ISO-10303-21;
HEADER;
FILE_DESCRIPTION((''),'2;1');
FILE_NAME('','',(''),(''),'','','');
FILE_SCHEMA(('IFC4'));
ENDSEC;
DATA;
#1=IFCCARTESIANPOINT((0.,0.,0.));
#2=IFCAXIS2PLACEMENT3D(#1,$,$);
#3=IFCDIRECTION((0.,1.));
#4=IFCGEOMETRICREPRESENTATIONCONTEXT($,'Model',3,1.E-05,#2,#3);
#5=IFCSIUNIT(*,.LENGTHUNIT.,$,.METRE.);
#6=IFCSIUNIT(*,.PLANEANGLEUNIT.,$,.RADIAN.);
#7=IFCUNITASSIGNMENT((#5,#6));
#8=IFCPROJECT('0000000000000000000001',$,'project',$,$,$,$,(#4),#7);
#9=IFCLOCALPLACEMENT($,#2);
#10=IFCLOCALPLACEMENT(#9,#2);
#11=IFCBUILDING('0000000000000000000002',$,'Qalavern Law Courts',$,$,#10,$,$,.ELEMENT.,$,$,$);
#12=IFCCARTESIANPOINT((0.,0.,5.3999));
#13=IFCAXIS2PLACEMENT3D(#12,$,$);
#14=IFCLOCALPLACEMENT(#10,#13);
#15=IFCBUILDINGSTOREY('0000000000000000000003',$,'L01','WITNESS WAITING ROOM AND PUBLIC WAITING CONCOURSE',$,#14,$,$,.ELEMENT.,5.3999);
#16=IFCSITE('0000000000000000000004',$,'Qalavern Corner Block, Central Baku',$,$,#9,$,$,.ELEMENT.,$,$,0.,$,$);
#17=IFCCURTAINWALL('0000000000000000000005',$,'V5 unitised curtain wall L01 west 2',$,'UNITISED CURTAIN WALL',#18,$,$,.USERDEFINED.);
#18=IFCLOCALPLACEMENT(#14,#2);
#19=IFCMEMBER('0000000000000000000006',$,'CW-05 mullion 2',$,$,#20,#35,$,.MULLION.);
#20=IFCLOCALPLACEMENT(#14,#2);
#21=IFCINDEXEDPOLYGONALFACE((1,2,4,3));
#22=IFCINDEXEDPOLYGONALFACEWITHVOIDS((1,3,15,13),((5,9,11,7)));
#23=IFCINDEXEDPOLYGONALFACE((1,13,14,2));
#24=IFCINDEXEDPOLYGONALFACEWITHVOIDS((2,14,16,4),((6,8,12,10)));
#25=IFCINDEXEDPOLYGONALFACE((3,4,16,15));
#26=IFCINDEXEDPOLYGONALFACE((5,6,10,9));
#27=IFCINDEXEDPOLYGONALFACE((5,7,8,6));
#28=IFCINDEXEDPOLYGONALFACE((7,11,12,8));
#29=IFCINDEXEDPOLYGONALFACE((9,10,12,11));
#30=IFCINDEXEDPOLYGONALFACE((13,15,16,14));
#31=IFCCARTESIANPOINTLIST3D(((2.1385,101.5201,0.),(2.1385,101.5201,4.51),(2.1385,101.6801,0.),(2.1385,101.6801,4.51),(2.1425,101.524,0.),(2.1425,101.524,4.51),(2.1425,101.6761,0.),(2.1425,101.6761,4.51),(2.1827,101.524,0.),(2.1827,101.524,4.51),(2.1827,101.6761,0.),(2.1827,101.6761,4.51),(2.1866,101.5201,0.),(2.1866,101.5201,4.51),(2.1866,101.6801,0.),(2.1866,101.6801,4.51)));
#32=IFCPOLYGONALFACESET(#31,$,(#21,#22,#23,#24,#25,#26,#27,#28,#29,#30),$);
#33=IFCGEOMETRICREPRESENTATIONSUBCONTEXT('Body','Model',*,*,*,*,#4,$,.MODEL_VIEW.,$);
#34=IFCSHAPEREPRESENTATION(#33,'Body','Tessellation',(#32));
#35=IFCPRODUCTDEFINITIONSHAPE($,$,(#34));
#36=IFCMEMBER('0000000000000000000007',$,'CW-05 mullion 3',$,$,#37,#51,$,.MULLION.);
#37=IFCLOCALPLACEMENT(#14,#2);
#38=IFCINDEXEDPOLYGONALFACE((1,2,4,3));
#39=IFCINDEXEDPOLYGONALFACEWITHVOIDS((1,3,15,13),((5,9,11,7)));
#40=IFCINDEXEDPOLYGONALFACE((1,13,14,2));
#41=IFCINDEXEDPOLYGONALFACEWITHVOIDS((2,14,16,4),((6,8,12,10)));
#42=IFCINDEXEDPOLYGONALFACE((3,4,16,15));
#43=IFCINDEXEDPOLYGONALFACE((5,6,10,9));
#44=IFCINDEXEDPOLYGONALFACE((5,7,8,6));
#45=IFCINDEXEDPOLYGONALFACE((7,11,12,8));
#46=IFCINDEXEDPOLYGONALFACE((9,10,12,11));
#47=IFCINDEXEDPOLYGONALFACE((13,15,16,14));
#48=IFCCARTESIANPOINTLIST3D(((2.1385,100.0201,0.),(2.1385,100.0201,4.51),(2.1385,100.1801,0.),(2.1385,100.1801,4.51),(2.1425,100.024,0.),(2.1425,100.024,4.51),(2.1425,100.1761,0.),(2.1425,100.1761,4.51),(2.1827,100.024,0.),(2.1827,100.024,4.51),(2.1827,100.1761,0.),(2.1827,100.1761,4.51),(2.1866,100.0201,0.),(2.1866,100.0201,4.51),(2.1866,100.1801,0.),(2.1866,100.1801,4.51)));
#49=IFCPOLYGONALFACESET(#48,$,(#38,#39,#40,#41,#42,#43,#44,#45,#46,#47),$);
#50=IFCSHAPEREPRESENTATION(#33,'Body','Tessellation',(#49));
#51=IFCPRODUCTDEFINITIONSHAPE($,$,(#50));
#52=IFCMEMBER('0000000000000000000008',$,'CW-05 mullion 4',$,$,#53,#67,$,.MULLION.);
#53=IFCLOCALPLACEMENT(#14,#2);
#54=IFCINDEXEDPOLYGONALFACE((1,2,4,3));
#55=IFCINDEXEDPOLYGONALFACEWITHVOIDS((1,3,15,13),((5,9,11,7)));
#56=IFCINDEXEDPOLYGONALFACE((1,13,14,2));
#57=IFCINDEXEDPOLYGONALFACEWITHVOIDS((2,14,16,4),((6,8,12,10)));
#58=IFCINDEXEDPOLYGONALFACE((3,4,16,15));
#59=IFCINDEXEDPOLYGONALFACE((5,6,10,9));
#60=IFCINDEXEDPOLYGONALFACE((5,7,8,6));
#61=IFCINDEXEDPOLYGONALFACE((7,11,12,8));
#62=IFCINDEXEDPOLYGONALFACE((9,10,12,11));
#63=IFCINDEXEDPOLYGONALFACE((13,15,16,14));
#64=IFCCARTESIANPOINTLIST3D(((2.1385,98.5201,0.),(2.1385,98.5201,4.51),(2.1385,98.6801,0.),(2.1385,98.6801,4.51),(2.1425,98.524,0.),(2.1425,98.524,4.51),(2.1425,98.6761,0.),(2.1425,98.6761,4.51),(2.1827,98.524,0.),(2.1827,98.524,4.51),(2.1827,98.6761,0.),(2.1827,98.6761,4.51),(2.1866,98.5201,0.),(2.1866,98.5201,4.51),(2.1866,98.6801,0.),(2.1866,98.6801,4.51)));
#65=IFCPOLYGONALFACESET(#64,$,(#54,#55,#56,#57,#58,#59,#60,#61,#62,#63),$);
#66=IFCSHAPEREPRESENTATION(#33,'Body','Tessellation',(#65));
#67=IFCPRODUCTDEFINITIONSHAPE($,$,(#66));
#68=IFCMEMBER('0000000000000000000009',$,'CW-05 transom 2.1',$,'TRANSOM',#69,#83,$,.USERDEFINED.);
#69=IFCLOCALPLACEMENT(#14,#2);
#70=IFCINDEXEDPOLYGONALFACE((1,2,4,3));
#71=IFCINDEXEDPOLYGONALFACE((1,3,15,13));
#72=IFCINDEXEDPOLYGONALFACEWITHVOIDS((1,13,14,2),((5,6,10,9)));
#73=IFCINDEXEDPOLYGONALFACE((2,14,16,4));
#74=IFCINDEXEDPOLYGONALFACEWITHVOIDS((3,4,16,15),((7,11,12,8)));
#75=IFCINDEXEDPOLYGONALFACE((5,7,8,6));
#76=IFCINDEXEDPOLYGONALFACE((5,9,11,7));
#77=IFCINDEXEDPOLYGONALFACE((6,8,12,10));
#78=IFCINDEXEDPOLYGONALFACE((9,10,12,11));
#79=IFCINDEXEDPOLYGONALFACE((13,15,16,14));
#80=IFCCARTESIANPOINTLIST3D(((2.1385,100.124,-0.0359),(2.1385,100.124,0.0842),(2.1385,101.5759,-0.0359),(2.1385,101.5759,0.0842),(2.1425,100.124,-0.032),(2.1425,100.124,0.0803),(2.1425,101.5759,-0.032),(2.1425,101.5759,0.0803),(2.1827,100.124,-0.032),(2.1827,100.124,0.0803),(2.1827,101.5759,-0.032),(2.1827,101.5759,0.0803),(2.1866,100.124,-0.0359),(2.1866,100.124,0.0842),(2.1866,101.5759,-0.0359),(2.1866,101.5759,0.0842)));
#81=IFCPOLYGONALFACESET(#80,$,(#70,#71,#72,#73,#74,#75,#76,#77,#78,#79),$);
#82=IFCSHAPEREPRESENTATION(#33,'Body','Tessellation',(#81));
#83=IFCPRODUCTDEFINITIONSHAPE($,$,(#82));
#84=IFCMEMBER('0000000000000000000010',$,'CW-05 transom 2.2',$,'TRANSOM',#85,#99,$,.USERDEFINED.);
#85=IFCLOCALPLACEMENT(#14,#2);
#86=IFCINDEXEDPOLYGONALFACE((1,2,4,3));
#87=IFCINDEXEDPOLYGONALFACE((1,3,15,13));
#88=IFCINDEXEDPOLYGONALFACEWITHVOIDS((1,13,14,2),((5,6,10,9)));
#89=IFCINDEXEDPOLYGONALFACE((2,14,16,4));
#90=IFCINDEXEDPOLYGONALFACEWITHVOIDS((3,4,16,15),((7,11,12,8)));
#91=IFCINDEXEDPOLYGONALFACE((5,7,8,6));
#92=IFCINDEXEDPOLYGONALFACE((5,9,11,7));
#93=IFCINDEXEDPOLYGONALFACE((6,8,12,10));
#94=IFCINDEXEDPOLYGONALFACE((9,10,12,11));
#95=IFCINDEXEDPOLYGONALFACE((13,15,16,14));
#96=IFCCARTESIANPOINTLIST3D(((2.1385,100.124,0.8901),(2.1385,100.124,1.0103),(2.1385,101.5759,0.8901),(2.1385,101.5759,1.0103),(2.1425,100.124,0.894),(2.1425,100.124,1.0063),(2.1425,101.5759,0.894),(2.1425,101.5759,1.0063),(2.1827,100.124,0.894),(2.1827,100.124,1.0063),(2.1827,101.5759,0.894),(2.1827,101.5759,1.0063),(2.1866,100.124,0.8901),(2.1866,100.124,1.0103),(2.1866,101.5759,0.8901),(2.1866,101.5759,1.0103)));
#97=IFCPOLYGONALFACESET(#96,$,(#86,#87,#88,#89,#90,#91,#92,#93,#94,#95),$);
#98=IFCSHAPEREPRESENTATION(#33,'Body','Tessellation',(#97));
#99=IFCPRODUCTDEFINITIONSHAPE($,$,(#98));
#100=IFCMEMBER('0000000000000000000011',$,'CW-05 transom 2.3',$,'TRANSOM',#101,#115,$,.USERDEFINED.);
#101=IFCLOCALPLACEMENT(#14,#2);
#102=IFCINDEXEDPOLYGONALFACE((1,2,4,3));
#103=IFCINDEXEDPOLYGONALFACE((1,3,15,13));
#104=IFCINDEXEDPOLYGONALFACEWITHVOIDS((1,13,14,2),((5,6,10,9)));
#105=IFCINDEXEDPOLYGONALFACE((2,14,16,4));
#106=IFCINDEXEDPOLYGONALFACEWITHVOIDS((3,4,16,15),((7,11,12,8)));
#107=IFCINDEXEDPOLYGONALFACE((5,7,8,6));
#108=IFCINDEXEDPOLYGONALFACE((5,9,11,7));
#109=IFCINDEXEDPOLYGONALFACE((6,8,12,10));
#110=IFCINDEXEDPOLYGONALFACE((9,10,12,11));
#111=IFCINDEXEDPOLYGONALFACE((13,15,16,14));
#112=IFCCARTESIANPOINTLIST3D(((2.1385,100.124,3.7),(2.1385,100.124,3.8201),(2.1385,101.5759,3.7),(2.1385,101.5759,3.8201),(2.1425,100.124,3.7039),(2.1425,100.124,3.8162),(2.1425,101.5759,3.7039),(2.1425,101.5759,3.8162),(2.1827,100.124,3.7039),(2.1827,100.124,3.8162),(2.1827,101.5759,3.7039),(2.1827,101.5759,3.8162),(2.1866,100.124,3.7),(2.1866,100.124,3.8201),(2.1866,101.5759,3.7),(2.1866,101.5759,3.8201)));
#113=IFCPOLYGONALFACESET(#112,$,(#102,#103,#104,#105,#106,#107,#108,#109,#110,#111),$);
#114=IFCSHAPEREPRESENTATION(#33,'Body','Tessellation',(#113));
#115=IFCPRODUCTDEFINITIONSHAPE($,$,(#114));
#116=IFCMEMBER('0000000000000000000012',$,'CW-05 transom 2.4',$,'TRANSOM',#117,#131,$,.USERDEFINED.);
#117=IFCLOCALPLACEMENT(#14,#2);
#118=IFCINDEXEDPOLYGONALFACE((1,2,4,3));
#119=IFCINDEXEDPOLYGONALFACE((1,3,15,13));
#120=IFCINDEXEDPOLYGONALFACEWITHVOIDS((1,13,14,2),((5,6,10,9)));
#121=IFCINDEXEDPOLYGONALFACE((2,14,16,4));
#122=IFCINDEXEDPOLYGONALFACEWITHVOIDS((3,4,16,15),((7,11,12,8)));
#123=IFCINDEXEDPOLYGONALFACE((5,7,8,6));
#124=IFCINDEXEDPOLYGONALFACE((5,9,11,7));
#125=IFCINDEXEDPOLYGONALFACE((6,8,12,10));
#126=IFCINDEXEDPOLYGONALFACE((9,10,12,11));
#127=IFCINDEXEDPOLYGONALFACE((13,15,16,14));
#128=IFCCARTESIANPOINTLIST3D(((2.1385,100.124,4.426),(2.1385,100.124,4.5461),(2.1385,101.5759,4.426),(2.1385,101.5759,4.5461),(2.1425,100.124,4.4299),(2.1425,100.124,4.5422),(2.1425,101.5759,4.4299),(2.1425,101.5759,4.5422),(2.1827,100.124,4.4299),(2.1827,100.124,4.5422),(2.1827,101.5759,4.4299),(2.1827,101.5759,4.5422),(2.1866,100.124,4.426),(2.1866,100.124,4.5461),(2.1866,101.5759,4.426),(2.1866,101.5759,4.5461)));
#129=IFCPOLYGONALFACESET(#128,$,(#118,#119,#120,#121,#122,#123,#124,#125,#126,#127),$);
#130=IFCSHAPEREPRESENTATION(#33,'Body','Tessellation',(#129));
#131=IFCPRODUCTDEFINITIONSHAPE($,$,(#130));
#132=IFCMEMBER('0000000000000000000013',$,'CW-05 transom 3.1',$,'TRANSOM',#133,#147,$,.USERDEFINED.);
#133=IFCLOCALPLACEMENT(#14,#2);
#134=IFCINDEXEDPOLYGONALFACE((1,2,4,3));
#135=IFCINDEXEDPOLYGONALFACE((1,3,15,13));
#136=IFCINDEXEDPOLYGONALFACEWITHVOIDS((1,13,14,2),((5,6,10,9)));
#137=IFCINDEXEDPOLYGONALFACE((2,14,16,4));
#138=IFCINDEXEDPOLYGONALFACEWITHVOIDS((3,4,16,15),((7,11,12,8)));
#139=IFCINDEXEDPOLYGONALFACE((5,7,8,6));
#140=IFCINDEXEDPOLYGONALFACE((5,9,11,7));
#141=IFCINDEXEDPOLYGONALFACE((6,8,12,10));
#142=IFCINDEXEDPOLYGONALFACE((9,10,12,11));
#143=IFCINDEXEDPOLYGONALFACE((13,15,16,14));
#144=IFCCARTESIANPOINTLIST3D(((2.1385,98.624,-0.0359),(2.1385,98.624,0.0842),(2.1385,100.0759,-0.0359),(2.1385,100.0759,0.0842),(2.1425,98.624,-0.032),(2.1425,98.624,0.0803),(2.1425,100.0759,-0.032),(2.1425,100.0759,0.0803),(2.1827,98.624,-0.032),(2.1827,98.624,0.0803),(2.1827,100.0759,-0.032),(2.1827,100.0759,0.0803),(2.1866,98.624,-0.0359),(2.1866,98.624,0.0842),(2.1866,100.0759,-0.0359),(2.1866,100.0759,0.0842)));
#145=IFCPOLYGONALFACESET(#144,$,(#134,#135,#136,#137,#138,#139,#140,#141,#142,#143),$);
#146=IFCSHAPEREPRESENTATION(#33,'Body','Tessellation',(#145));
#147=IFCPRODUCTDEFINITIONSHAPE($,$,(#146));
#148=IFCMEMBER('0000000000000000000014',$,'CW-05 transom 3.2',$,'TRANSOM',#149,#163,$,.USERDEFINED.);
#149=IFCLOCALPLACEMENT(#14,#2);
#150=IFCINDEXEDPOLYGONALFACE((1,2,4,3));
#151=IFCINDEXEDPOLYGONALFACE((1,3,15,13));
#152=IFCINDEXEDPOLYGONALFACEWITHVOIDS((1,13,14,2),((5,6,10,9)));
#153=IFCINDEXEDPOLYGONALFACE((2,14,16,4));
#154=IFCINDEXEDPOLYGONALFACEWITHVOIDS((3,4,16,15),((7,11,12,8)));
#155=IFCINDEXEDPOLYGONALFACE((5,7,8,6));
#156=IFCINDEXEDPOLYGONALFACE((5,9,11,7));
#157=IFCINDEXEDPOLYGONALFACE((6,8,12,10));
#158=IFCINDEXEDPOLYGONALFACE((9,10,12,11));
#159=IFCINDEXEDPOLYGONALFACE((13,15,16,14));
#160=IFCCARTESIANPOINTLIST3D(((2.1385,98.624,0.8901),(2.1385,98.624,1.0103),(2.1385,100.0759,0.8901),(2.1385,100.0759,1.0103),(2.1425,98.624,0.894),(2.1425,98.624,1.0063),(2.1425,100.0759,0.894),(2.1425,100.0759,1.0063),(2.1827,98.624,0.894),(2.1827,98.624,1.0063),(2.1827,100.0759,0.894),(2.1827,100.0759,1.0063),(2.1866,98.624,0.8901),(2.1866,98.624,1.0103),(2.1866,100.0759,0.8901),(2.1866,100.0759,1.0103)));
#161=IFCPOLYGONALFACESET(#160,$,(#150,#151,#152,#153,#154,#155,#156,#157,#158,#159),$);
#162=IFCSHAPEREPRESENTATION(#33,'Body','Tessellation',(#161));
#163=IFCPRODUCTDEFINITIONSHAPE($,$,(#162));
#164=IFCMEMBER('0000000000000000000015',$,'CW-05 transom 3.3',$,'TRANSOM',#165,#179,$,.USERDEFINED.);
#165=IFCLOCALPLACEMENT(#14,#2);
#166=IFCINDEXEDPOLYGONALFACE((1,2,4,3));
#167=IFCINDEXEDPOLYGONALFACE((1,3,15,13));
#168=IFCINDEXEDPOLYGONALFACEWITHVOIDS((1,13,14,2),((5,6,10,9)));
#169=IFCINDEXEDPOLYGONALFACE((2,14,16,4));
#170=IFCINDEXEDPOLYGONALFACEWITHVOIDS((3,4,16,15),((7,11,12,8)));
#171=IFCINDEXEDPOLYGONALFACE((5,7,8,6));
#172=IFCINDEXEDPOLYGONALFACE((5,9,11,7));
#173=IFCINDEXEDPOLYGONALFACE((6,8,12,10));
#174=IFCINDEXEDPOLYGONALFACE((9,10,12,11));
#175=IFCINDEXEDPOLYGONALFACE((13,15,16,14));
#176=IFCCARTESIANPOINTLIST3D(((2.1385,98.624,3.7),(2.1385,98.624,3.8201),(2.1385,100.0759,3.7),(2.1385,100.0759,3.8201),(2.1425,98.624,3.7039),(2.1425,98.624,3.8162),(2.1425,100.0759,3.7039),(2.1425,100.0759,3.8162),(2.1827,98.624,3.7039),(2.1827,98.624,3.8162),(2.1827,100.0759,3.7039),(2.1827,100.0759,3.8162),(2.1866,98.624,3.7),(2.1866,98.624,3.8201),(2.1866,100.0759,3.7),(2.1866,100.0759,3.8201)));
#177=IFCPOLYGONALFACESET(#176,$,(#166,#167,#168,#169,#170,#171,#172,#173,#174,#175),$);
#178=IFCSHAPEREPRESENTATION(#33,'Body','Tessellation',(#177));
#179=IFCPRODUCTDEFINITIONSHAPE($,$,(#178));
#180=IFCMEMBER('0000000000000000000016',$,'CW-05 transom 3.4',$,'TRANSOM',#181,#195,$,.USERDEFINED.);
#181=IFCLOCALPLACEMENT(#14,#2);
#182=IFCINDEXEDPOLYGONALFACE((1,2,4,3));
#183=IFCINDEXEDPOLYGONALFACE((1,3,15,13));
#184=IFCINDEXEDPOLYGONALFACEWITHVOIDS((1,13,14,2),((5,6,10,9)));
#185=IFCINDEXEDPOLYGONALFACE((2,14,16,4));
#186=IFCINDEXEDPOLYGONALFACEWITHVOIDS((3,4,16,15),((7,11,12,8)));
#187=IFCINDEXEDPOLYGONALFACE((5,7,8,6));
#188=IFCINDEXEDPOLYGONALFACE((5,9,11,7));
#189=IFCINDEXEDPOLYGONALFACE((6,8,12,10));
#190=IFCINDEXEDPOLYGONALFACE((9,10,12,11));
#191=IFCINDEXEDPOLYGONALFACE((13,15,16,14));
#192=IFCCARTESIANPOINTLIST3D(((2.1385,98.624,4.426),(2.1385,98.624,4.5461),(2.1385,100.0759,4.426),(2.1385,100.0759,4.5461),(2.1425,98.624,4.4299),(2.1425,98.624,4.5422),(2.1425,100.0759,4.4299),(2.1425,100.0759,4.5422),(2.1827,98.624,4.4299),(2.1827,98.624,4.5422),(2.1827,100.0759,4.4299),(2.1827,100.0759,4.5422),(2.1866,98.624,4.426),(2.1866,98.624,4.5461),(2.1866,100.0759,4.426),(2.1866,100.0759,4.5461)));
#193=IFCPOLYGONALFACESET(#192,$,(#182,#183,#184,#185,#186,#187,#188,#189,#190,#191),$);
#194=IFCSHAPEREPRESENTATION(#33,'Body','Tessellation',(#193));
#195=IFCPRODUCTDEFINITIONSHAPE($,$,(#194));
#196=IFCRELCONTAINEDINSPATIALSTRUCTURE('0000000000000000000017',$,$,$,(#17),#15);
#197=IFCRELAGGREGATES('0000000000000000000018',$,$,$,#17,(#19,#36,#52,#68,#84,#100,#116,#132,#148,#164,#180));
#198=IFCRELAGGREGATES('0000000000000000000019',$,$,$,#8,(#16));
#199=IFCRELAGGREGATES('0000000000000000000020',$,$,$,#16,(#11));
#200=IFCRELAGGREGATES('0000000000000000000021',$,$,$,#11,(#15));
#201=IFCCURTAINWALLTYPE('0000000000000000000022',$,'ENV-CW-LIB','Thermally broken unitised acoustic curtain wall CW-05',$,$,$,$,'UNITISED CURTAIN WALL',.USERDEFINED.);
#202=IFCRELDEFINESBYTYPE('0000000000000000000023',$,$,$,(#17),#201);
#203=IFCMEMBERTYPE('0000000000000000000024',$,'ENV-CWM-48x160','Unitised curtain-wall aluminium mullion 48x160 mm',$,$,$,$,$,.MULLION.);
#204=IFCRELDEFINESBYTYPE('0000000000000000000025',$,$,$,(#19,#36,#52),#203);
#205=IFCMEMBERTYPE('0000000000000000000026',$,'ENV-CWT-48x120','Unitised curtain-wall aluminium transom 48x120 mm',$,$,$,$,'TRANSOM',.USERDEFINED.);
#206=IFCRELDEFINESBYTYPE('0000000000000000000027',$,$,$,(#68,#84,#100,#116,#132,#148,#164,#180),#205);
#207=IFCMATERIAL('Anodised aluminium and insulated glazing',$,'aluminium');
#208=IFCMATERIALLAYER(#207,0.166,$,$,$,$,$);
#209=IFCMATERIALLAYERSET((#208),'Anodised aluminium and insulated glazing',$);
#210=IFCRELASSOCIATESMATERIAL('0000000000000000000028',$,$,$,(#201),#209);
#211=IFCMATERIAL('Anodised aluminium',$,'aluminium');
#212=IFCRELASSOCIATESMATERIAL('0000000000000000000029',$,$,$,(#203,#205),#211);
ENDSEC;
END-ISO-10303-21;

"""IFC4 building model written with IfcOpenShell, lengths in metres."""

from ifc_helpers import new_model, si_unit, direction, frame, origin, origin_2d, place, context, subcontext, project, spatial, hollow_rectangle, extrude, material, layer, layer_set, material_profile, profile_set, type_object, element, aggregate, save


model = new_model("IFC4")

# Units and contexts
model_context = context("Model", 3, precision=1e-05, world=origin(), true_north=direction((0.0, 1.0)))
body_context = subcontext(model_context, "Body", "Model", "MODEL_VIEW")
ifc_project = project(units=[si_unit("LENGTHUNIT", "METRE"), si_unit("PLANEANGLEUNIT", "RADIAN")], contexts=[model_context])

# Site, building, storey
site_placement = place(None, origin())
site = spatial("IfcSite", under=ifc_project, at=site_placement, Name="Qalavern Corner Block, Central Baku", CompositionType="ELEMENT", RefElevation=0.0)
building_placement = place(site_placement, origin())
building = spatial("IfcBuilding", under=site, at=building_placement, Name="Qalavern Law Courts", CompositionType="ELEMENT")
storey_placement = place(building_placement, frame((0.0, 0.0, 5.3999)))
storey = spatial("IfcBuildingStorey", under=building, at=storey_placement, Name="L01", Description="WITNESS WAITING ROOM AND PUBLIC WAITING CONCOURSE", CompositionType="ELEMENT", Elevation=5.3999)

# Curtain wall, members
ifc_material_1 = material(Name="Anodised aluminium and insulated glazing", Category="aluminium")
ifc_layer_1 = layer(ifc_material_1, 0.166)
ifc_layer_set_1 = layer_set([ifc_layer_1], Name="Anodised aluminium and insulated glazing")
curtain_wall_type = type_object("IfcCurtainWallType", Name="ENV-CW-LIB", Description="Thermally broken unitised acoustic curtain wall CW-05", ElementType="UNITISED CURTAIN WALL", PredefinedType="USERDEFINED", material=ifc_layer_set_1)
curtain_wall_placement = place(storey_placement, origin())
curtain_wall = element("IfcCurtainWall", 1, at=curtain_wall_placement, inside=storey, type_object=curtain_wall_type, Name="V5 unitised curtain wall L01 west 2", ObjectType="UNITISED CURTAIN WALL", PredefinedType="USERDEFINED")
ifc_material_2 = material(Name="Anodised aluminium", Category="aluminium")
ifc_material_profile_1 = material_profile(ifc_material_2, hollow_rectangle(XDim=0.0481, YDim=0.1599, WallThickness=0.0039, at=origin_2d()), Name="ALU MULLION 48x160")
ifc_profile_set_1 = profile_set([ifc_material_profile_1], Name="Anodised aluminium")
member_type_1 = type_object("IfcMemberType", Name="ENV-CWM-48x160", Description="Unitised curtain-wall aluminium mullion 48x160 mm", PredefinedType="MULLION", material=ifc_profile_set_1)
member_1_placement = place(storey_placement, frame((2.1626, 101.6001, 0.0), z_axis=(0.0, 0.0, 1.0), x_axis=(1.0, 0.0, 0.0)))
member_1 = element("IfcMember", 2, at=member_1_placement, type_object=member_type_1, Name="CW-05 mullion 2", PredefinedType="MULLION", context=body_context, shape_type="SweptSolid", body=[
    extrude(hollow_rectangle(XDim=0.0481, YDim=0.1599, WallThickness=0.0039, at=origin_2d()), origin(), (0.0, 0.0, 1.0), 4.51),
])
member_2_placement = place(storey_placement, frame((2.1626, 100.1001, 0.0), z_axis=(0.0, 0.0, 1.0), x_axis=(1.0, 0.0, 0.0)))
member_2 = element("IfcMember", 3, at=member_2_placement, type_object=member_type_1, Name="CW-05 mullion 3", PredefinedType="MULLION", context=body_context, shape_type="SweptSolid", body=[
    extrude(hollow_rectangle(XDim=0.0481, YDim=0.1599, WallThickness=0.0039, at=origin_2d()), origin(), (0.0, 0.0, 1.0), 4.51),
])
member_3_placement = place(storey_placement, frame((2.1626, 98.6001, 0.0), z_axis=(0.0, 0.0, 1.0), x_axis=(1.0, 0.0, 0.0)))
member_3 = element("IfcMember", 4, at=member_3_placement, type_object=member_type_1, Name="CW-05 mullion 4", PredefinedType="MULLION", context=body_context, shape_type="SweptSolid", body=[
    extrude(hollow_rectangle(XDim=0.0481, YDim=0.1599, WallThickness=0.0039, at=origin_2d()), origin(), (0.0, 0.0, 1.0), 4.51),
])
ifc_material_profile_2 = material_profile(ifc_material_2, hollow_rectangle(XDim=0.0481, YDim=0.1201, WallThickness=0.0039, at=origin_2d()), Name="ALU TRANSOM 48x120")
ifc_profile_set_2 = profile_set([ifc_material_profile_2], Name="Anodised aluminium")
member_type_2 = type_object("IfcMemberType", Name="ENV-CWT-48x120", Description="Unitised curtain-wall aluminium transom 48x120 mm", ElementType="TRANSOM", PredefinedType="USERDEFINED", material=ifc_profile_set_2)
member_4_placement = place(storey_placement, frame((2.1626, 101.5759, 0.0242), z_axis=(0.0, -1.0, 0.0), x_axis=(1.0, 0.0, 0.0)))
member_4 = element("IfcMember", 5, at=member_4_placement, type_object=member_type_2, Name="CW-05 transom 2.1", ObjectType="TRANSOM", PredefinedType="USERDEFINED", context=body_context, shape_type="SweptSolid", body=[
    extrude(hollow_rectangle(XDim=0.0481, YDim=0.1201, WallThickness=0.0039, at=origin_2d()), origin(), (0.0, 0.0, 1.0), 1.4519),
])
member_5_placement = place(storey_placement, frame((2.1626, 101.5759, 0.9502), z_axis=(0.0, -1.0, 0.0), x_axis=(1.0, 0.0, 0.0)))
member_5 = element("IfcMember", 6, at=member_5_placement, type_object=member_type_2, Name="CW-05 transom 2.2", ObjectType="TRANSOM", PredefinedType="USERDEFINED", context=body_context, shape_type="SweptSolid", body=[
    extrude(hollow_rectangle(XDim=0.0481, YDim=0.1201, WallThickness=0.0039, at=origin_2d()), origin(), (0.0, 0.0, 1.0), 1.4519),
])
member_6_placement = place(storey_placement, frame((2.1626, 101.5759, 3.76), z_axis=(0.0, -1.0, 0.0), x_axis=(1.0, 0.0, 0.0)))
member_6 = element("IfcMember", 7, at=member_6_placement, type_object=member_type_2, Name="CW-05 transom 2.3", ObjectType="TRANSOM", PredefinedType="USERDEFINED", context=body_context, shape_type="SweptSolid", body=[
    extrude(hollow_rectangle(XDim=0.0481, YDim=0.1201, WallThickness=0.0039, at=origin_2d()), origin(), (0.0, 0.0, 1.0), 1.4519),
])
member_7_placement = place(storey_placement, frame((2.1626, 101.5759, 4.4861), z_axis=(0.0, -1.0, 0.0), x_axis=(1.0, 0.0, 0.0)))
member_7 = element("IfcMember", 8, at=member_7_placement, type_object=member_type_2, Name="CW-05 transom 2.4", ObjectType="TRANSOM", PredefinedType="USERDEFINED", context=body_context, shape_type="SweptSolid", body=[
    extrude(hollow_rectangle(XDim=0.0481, YDim=0.1201, WallThickness=0.0039, at=origin_2d()), origin(), (0.0, 0.0, 1.0), 1.4519),
])
member_8_placement = place(storey_placement, frame((2.1626, 100.0759, 0.0242), z_axis=(0.0, -1.0, 0.0), x_axis=(1.0, 0.0, 0.0)))
member_8 = element("IfcMember", 9, at=member_8_placement, type_object=member_type_2, Name="CW-05 transom 3.1", ObjectType="TRANSOM", PredefinedType="USERDEFINED", context=body_context, shape_type="SweptSolid", body=[
    extrude(hollow_rectangle(XDim=0.0481, YDim=0.1201, WallThickness=0.0039, at=origin_2d()), origin(), (0.0, 0.0, 1.0), 1.4519),
])
member_9_placement = place(storey_placement, frame((2.1626, 100.0759, 0.9502), z_axis=(0.0, -1.0, 0.0), x_axis=(1.0, 0.0, 0.0)))
member_9 = element("IfcMember", 10, at=member_9_placement, type_object=member_type_2, Name="CW-05 transom 3.2", ObjectType="TRANSOM", PredefinedType="USERDEFINED", context=body_context, shape_type="SweptSolid", body=[
    extrude(hollow_rectangle(XDim=0.0481, YDim=0.1201, WallThickness=0.0039, at=origin_2d()), origin(), (0.0, 0.0, 1.0), 1.4519),
])
member_10_placement = place(storey_placement, frame((2.1626, 100.0759, 3.76), z_axis=(0.0, -1.0, 0.0), x_axis=(1.0, 0.0, 0.0)))
member_10 = element("IfcMember", 11, at=member_10_placement, type_object=member_type_2, Name="CW-05 transom 3.3", ObjectType="TRANSOM", PredefinedType="USERDEFINED", context=body_context, shape_type="SweptSolid", body=[
    extrude(hollow_rectangle(XDim=0.0481, YDim=0.1201, WallThickness=0.0039, at=origin_2d()), origin(), (0.0, 0.0, 1.0), 1.4519),
])
member_11_placement = place(storey_placement, frame((2.1626, 100.0759, 4.4861), z_axis=(0.0, -1.0, 0.0), x_axis=(1.0, 0.0, 0.0)))
member_11 = element("IfcMember", 12, at=member_11_placement, type_object=member_type_2, Name="CW-05 transom 3.4", ObjectType="TRANSOM", PredefinedType="USERDEFINED", context=body_context, shape_type="SweptSolid", body=[
    extrude(hollow_rectangle(XDim=0.0481, YDim=0.1201, WallThickness=0.0039, at=origin_2d()), origin(), (0.0, 0.0, 1.0), 1.4519),
])

aggregate(curtain_wall, [member_1, member_2, member_3, member_4, member_5, member_6, member_7, member_8, member_9, member_10, member_11])

save(model, "model.ifc")
